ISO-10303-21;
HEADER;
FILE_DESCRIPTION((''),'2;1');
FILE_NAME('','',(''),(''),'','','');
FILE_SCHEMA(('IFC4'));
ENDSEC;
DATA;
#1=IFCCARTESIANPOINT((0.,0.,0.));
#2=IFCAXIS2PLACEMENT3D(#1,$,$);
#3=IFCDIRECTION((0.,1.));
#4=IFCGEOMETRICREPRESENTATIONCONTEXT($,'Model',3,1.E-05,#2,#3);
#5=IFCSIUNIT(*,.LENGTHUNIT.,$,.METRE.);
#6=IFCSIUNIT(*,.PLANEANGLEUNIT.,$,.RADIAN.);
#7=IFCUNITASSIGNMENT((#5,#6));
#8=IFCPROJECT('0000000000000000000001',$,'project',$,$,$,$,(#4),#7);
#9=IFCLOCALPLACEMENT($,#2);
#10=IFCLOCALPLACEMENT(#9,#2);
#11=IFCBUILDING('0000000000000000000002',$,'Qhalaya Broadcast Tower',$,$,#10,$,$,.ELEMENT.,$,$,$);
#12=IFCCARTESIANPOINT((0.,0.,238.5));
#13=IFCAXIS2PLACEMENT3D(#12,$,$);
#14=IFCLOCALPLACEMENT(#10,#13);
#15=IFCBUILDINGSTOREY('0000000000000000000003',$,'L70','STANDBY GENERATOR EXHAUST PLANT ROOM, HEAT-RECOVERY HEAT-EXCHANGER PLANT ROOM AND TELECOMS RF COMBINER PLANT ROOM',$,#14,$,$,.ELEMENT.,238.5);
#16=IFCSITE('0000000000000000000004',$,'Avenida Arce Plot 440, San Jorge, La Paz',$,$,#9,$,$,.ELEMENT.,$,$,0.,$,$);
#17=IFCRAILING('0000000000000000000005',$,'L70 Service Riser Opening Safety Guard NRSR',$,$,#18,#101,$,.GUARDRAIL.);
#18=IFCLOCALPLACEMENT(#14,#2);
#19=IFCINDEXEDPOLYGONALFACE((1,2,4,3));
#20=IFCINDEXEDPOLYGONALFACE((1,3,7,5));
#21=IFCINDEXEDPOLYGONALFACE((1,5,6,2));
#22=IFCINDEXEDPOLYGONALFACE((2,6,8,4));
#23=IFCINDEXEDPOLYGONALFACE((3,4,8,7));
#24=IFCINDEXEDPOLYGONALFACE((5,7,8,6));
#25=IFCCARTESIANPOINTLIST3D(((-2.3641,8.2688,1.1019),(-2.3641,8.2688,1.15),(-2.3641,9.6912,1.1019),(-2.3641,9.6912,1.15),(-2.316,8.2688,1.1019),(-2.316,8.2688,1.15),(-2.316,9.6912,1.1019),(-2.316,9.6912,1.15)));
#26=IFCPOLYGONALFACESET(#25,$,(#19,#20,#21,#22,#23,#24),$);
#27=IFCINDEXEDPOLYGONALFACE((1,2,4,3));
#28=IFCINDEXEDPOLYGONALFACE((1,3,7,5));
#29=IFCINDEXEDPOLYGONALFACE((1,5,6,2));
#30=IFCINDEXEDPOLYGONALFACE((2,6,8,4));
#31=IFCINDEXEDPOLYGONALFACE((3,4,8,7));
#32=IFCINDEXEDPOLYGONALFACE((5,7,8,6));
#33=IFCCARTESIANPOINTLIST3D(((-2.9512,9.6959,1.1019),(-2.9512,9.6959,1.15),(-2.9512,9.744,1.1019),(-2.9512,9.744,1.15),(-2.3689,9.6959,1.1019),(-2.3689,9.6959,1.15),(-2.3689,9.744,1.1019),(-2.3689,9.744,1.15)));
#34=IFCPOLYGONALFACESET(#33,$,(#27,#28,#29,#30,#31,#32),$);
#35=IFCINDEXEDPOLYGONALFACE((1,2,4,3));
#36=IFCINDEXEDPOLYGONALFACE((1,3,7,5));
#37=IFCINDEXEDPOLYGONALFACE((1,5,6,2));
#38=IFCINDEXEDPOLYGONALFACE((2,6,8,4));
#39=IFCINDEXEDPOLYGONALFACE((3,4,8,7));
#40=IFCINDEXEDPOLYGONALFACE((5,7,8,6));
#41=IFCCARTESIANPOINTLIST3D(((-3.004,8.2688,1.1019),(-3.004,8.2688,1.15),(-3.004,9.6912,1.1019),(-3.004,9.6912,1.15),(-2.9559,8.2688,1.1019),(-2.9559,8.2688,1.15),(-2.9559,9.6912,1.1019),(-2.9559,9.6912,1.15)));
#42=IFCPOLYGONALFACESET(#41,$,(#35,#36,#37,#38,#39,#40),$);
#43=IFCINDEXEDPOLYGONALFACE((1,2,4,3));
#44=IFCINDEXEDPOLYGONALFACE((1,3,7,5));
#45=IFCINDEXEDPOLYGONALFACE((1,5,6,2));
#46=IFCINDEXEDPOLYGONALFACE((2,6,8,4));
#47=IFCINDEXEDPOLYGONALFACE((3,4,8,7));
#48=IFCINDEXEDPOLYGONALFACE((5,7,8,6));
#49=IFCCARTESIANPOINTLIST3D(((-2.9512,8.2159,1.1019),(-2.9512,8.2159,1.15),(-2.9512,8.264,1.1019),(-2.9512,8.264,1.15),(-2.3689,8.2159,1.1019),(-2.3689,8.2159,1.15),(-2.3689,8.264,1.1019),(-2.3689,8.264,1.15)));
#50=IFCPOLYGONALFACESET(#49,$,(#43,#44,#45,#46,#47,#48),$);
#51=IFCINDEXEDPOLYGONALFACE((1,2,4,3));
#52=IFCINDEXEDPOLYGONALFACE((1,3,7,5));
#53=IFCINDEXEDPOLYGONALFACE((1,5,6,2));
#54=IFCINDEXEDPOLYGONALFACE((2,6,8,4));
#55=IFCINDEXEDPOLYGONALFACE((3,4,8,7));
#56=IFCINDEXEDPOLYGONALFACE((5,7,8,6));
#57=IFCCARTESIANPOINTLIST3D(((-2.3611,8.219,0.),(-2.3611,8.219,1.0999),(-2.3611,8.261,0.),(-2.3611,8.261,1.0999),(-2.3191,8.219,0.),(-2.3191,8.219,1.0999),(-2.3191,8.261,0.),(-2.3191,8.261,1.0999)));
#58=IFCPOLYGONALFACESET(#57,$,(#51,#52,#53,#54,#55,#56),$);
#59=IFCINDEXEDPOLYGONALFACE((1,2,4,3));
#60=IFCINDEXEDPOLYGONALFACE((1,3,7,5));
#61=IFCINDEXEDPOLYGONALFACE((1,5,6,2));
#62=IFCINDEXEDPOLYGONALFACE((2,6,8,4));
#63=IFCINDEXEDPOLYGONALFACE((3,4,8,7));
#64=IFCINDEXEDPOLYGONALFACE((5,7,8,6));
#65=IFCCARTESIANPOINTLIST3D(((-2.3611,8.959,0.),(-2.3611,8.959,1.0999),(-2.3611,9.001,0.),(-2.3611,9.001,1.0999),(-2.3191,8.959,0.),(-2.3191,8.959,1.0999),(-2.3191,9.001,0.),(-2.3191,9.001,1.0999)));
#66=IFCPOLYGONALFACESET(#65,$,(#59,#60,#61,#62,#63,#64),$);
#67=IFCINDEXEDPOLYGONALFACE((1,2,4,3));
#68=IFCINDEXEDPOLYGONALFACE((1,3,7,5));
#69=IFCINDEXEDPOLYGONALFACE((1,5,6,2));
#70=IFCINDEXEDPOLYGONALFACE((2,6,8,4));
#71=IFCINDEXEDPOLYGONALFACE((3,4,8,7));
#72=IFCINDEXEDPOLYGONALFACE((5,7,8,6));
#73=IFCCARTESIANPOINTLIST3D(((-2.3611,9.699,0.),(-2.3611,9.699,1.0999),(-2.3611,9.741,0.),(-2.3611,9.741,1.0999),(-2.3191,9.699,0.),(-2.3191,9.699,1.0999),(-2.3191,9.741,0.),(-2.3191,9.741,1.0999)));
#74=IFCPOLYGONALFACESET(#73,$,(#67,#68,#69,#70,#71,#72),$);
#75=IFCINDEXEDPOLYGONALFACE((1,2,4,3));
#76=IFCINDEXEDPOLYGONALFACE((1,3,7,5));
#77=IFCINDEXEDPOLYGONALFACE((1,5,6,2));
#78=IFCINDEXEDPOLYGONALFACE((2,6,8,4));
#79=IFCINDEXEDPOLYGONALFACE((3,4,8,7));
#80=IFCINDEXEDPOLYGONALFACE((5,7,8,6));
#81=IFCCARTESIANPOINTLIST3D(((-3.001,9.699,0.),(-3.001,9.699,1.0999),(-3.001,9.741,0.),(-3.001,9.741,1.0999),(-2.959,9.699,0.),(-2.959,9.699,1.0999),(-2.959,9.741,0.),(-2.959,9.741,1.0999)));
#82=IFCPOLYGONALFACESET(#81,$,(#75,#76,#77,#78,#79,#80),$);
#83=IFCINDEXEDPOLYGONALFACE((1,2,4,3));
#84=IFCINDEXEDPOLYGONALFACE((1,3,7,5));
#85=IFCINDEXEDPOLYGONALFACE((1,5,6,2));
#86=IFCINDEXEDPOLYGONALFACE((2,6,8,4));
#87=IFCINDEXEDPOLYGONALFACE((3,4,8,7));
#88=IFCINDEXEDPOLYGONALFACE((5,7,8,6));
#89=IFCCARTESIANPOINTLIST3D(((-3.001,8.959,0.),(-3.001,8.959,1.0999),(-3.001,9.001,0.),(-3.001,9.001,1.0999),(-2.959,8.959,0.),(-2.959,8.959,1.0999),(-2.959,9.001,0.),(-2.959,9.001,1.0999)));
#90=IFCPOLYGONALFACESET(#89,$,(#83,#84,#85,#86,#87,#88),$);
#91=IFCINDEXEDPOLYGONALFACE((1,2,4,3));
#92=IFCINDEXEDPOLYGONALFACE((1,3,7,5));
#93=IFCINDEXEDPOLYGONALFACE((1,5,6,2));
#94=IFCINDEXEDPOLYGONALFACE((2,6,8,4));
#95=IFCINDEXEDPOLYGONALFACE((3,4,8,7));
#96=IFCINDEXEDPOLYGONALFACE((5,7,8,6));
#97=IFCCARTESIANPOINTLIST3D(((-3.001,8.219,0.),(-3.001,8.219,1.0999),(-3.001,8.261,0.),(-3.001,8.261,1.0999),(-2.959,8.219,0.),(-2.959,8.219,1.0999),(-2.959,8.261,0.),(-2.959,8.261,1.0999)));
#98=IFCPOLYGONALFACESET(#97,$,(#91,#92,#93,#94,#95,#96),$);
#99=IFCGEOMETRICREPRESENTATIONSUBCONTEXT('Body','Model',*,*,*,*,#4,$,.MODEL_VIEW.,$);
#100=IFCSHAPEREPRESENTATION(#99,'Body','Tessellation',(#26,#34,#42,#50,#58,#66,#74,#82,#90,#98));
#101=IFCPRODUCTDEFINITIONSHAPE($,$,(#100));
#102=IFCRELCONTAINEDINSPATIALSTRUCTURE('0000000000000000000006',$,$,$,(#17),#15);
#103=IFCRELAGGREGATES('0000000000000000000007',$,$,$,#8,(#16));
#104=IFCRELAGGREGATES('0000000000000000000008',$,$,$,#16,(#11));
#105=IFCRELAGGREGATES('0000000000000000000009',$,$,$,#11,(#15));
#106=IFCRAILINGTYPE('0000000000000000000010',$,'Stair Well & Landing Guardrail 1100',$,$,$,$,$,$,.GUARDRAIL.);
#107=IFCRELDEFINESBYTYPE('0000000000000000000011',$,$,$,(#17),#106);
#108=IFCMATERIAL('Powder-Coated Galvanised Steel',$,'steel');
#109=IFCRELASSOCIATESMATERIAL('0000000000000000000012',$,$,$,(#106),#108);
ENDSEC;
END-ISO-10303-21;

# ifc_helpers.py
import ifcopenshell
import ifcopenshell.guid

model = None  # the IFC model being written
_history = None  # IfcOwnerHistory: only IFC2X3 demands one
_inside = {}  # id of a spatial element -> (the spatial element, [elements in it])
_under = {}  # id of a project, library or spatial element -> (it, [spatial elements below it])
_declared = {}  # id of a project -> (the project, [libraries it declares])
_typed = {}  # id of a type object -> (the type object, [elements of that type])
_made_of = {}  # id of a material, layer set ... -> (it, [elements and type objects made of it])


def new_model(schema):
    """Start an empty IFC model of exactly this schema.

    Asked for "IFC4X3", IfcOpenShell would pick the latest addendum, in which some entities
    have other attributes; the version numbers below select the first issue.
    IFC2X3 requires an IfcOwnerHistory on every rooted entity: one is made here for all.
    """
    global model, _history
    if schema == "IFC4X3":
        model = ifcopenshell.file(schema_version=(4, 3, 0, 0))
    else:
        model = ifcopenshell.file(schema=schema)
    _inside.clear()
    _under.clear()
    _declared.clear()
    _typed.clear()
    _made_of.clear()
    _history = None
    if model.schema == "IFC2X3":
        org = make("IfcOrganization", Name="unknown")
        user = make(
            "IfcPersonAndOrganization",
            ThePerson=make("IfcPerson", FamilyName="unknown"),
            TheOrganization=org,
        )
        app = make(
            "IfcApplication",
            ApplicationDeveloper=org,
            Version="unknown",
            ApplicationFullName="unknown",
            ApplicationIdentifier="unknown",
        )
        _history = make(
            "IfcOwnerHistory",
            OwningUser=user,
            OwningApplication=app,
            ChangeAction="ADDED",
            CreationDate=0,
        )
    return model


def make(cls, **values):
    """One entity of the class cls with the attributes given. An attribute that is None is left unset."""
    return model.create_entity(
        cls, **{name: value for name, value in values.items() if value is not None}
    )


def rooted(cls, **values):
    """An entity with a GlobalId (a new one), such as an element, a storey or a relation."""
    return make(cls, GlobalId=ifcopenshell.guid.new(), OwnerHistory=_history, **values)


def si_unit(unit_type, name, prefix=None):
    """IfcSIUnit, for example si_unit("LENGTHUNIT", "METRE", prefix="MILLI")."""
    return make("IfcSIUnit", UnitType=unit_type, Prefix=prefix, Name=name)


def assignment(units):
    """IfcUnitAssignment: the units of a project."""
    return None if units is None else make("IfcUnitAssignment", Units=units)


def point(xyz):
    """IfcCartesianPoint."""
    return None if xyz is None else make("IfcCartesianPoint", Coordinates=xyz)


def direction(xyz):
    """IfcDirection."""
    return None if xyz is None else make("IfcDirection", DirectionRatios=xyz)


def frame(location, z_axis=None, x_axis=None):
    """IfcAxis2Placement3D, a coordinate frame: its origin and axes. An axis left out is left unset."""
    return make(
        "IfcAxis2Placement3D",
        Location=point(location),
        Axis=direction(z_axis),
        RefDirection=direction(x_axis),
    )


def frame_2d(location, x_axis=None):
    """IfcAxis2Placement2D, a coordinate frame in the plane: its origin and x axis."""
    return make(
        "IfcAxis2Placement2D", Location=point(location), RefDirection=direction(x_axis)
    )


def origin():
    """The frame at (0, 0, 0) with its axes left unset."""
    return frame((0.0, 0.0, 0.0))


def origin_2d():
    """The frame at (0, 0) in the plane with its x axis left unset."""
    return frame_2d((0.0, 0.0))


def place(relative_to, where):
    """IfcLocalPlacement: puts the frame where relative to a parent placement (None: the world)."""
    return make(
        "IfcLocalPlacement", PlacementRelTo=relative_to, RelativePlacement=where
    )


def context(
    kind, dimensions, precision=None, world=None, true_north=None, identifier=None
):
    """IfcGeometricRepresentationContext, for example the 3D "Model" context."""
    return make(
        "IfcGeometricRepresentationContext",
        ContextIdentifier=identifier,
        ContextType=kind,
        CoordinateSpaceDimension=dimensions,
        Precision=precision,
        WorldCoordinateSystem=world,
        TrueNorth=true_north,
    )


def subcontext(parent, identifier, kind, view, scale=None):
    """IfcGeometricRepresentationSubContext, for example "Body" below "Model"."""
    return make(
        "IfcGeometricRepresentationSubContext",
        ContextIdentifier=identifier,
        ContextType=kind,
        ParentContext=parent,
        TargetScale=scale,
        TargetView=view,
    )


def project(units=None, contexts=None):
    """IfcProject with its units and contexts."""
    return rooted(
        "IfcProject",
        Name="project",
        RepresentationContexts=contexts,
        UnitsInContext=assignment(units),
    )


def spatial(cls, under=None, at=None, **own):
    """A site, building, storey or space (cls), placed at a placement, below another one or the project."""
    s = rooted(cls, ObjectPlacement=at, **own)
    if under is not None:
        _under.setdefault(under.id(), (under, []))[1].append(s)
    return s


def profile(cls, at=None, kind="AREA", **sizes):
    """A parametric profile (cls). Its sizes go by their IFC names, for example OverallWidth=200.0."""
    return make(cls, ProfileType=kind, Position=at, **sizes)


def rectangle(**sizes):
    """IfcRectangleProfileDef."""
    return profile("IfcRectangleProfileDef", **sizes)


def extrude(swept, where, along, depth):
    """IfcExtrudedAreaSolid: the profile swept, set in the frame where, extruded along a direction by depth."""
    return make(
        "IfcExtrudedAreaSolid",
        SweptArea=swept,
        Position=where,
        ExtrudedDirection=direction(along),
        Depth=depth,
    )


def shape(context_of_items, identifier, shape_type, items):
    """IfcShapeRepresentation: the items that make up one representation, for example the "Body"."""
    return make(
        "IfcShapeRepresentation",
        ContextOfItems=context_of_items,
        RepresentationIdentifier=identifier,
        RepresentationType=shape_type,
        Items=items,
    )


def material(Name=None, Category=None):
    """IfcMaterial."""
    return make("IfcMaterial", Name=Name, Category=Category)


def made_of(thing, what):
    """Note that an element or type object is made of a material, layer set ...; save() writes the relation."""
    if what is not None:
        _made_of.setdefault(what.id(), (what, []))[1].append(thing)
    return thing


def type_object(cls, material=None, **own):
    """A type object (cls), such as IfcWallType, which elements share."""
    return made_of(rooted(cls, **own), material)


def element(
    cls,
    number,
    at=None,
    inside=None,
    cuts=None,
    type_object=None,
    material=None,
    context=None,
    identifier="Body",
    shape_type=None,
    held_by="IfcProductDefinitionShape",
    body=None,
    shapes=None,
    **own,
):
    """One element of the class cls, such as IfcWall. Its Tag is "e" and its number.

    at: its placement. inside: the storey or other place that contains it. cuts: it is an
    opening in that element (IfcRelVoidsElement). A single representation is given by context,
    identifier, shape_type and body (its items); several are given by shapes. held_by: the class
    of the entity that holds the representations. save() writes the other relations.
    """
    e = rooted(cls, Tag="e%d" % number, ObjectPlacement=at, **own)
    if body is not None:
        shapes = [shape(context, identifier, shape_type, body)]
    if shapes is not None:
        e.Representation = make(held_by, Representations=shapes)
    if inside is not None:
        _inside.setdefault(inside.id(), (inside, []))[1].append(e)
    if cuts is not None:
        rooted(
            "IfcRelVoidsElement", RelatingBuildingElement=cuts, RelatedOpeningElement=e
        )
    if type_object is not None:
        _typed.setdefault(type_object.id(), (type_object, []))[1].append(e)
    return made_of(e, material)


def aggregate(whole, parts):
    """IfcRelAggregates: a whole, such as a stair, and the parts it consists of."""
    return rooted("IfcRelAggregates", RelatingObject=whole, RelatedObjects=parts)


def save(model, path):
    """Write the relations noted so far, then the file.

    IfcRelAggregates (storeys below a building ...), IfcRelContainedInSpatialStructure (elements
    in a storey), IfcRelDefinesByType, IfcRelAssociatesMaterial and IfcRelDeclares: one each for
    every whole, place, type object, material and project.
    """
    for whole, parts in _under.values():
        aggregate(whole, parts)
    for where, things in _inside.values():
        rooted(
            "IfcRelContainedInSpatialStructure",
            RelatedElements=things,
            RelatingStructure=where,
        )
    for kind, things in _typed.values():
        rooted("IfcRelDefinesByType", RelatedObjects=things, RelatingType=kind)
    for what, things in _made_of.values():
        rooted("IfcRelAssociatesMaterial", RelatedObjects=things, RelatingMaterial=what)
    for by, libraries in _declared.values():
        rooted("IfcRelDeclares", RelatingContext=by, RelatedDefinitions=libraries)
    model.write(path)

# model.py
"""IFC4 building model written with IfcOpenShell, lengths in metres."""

from ifc_helpers import new_model, si_unit, direction, frame, origin, origin_2d, place, context, subcontext, project, spatial, rectangle, extrude, material, type_object, element, save


model = new_model("IFC4")

# Units and contexts
model_context = context("Model", 3, precision=1e-05, world=origin(), true_north=direction((0.0, 1.0)))
body_context = subcontext(model_context, "Body", "Model", "MODEL_VIEW")
ifc_project = project(units=[si_unit("LENGTHUNIT", "METRE"), si_unit("PLANEANGLEUNIT", "RADIAN")], contexts=[model_context])

# Site, building, storey
site_placement = place(None, origin())
site = spatial("IfcSite", under=ifc_project, at=site_placement, Name="Avenida Arce Plot 440, San Jorge, La Paz", CompositionType="ELEMENT", RefElevation=0.0)
building_placement = place(site_placement, origin())
building = spatial("IfcBuilding", under=site, at=building_placement, Name="Qhalaya Broadcast Tower", CompositionType="ELEMENT")
storey_placement = place(building_placement, frame((0.0, 0.0, 238.5)))
storey = spatial("IfcBuildingStorey", under=building, at=storey_placement, Name="L70", Description="STANDBY GENERATOR EXHAUST PLANT ROOM, HEAT-RECOVERY HEAT-EXCHANGER PLANT ROOM AND TELECOMS RF COMBINER PLANT ROOM", CompositionType="ELEMENT", Elevation=238.5)

# Railing
ifc_material_1 = material(Name="Powder-Coated Galvanised Steel", Category="steel")
railing_type = type_object("IfcRailingType", Name="Stair Well & Landing Guardrail 1100", PredefinedType="GUARDRAIL", material=ifc_material_1)
railing_placement = place(storey_placement, frame((-2.3401, 8.24, 0.0)))
element("IfcRailing", 1, at=railing_placement, inside=storey, type_object=railing_type, Name="L70 Service Riser Opening Safety Guard NRSR", PredefinedType="GUARDRAIL", context=body_context, shape_type="SweptSolid", body=[
    extrude(rectangle(XDim=0.0481, YDim=0.0481, at=origin_2d()), frame((0.0, 0.0288, 1.126), z_axis=(0.0, 1.0, 0.0), x_axis=(-1.0, 0.0, 0.0)), (0.0, 0.0, 1.0), 1.4224),
    extrude(rectangle(XDim=0.0481, YDim=0.0481, at=origin_2d()), frame((-0.0288, 1.48, 1.126), z_axis=(-1.0, 0.0, 0.0), x_axis=(0.0, -1.0, 0.0)), (0.0, 0.0, 1.0), 0.5823),
    extrude(rectangle(XDim=0.0481, YDim=0.0481, at=origin_2d()), frame((-0.6399, 1.4512, 1.126), z_axis=(0.0, -1.0, 0.0), x_axis=(1.0, 0.0, 0.0)), (0.0, 0.0, 1.0), 1.4224),
    extrude(rectangle(XDim=0.0481, YDim=0.0481, at=origin_2d()), frame((-0.6111, 0.0, 1.126), z_axis=(1.0, 0.0, 0.0), x_axis=(0.0, 1.0, 0.0)), (0.0, 0.0, 1.0), 0.5823),
    extrude(rectangle(XDim=0.042, YDim=0.042, at=origin_2d()), origin(), (0.0, 0.0, 1.0), 1.0999),
    extrude(rectangle(XDim=0.042, YDim=0.042, at=origin_2d()), frame((0.0, 0.74, 0.0)), (0.0, 0.0, 1.0), 1.0999),
    extrude(rectangle(XDim=0.042, YDim=0.042, at=origin_2d()), frame((0.0, 1.48, 0.0)), (0.0, 0.0, 1.0), 1.0999),
    extrude(rectangle(XDim=0.042, YDim=0.042, at=origin_2d()), frame((-0.6399, 1.48, 0.0)), (0.0, 0.0, 1.0), 1.0999),
    extrude(rectangle(XDim=0.042, YDim=0.042, at=origin_2d()), frame((-0.6399, 0.74, 0.0)), (0.0, 0.0, 1.0), 1.0999),
    extrude(rectangle(XDim=0.042, YDim=0.042, at=origin_2d()), frame((-0.6399, 0.0, 0.0)), (0.0, 0.0, 1.0), 1.0999),
])

save(model, "model.ifc")
